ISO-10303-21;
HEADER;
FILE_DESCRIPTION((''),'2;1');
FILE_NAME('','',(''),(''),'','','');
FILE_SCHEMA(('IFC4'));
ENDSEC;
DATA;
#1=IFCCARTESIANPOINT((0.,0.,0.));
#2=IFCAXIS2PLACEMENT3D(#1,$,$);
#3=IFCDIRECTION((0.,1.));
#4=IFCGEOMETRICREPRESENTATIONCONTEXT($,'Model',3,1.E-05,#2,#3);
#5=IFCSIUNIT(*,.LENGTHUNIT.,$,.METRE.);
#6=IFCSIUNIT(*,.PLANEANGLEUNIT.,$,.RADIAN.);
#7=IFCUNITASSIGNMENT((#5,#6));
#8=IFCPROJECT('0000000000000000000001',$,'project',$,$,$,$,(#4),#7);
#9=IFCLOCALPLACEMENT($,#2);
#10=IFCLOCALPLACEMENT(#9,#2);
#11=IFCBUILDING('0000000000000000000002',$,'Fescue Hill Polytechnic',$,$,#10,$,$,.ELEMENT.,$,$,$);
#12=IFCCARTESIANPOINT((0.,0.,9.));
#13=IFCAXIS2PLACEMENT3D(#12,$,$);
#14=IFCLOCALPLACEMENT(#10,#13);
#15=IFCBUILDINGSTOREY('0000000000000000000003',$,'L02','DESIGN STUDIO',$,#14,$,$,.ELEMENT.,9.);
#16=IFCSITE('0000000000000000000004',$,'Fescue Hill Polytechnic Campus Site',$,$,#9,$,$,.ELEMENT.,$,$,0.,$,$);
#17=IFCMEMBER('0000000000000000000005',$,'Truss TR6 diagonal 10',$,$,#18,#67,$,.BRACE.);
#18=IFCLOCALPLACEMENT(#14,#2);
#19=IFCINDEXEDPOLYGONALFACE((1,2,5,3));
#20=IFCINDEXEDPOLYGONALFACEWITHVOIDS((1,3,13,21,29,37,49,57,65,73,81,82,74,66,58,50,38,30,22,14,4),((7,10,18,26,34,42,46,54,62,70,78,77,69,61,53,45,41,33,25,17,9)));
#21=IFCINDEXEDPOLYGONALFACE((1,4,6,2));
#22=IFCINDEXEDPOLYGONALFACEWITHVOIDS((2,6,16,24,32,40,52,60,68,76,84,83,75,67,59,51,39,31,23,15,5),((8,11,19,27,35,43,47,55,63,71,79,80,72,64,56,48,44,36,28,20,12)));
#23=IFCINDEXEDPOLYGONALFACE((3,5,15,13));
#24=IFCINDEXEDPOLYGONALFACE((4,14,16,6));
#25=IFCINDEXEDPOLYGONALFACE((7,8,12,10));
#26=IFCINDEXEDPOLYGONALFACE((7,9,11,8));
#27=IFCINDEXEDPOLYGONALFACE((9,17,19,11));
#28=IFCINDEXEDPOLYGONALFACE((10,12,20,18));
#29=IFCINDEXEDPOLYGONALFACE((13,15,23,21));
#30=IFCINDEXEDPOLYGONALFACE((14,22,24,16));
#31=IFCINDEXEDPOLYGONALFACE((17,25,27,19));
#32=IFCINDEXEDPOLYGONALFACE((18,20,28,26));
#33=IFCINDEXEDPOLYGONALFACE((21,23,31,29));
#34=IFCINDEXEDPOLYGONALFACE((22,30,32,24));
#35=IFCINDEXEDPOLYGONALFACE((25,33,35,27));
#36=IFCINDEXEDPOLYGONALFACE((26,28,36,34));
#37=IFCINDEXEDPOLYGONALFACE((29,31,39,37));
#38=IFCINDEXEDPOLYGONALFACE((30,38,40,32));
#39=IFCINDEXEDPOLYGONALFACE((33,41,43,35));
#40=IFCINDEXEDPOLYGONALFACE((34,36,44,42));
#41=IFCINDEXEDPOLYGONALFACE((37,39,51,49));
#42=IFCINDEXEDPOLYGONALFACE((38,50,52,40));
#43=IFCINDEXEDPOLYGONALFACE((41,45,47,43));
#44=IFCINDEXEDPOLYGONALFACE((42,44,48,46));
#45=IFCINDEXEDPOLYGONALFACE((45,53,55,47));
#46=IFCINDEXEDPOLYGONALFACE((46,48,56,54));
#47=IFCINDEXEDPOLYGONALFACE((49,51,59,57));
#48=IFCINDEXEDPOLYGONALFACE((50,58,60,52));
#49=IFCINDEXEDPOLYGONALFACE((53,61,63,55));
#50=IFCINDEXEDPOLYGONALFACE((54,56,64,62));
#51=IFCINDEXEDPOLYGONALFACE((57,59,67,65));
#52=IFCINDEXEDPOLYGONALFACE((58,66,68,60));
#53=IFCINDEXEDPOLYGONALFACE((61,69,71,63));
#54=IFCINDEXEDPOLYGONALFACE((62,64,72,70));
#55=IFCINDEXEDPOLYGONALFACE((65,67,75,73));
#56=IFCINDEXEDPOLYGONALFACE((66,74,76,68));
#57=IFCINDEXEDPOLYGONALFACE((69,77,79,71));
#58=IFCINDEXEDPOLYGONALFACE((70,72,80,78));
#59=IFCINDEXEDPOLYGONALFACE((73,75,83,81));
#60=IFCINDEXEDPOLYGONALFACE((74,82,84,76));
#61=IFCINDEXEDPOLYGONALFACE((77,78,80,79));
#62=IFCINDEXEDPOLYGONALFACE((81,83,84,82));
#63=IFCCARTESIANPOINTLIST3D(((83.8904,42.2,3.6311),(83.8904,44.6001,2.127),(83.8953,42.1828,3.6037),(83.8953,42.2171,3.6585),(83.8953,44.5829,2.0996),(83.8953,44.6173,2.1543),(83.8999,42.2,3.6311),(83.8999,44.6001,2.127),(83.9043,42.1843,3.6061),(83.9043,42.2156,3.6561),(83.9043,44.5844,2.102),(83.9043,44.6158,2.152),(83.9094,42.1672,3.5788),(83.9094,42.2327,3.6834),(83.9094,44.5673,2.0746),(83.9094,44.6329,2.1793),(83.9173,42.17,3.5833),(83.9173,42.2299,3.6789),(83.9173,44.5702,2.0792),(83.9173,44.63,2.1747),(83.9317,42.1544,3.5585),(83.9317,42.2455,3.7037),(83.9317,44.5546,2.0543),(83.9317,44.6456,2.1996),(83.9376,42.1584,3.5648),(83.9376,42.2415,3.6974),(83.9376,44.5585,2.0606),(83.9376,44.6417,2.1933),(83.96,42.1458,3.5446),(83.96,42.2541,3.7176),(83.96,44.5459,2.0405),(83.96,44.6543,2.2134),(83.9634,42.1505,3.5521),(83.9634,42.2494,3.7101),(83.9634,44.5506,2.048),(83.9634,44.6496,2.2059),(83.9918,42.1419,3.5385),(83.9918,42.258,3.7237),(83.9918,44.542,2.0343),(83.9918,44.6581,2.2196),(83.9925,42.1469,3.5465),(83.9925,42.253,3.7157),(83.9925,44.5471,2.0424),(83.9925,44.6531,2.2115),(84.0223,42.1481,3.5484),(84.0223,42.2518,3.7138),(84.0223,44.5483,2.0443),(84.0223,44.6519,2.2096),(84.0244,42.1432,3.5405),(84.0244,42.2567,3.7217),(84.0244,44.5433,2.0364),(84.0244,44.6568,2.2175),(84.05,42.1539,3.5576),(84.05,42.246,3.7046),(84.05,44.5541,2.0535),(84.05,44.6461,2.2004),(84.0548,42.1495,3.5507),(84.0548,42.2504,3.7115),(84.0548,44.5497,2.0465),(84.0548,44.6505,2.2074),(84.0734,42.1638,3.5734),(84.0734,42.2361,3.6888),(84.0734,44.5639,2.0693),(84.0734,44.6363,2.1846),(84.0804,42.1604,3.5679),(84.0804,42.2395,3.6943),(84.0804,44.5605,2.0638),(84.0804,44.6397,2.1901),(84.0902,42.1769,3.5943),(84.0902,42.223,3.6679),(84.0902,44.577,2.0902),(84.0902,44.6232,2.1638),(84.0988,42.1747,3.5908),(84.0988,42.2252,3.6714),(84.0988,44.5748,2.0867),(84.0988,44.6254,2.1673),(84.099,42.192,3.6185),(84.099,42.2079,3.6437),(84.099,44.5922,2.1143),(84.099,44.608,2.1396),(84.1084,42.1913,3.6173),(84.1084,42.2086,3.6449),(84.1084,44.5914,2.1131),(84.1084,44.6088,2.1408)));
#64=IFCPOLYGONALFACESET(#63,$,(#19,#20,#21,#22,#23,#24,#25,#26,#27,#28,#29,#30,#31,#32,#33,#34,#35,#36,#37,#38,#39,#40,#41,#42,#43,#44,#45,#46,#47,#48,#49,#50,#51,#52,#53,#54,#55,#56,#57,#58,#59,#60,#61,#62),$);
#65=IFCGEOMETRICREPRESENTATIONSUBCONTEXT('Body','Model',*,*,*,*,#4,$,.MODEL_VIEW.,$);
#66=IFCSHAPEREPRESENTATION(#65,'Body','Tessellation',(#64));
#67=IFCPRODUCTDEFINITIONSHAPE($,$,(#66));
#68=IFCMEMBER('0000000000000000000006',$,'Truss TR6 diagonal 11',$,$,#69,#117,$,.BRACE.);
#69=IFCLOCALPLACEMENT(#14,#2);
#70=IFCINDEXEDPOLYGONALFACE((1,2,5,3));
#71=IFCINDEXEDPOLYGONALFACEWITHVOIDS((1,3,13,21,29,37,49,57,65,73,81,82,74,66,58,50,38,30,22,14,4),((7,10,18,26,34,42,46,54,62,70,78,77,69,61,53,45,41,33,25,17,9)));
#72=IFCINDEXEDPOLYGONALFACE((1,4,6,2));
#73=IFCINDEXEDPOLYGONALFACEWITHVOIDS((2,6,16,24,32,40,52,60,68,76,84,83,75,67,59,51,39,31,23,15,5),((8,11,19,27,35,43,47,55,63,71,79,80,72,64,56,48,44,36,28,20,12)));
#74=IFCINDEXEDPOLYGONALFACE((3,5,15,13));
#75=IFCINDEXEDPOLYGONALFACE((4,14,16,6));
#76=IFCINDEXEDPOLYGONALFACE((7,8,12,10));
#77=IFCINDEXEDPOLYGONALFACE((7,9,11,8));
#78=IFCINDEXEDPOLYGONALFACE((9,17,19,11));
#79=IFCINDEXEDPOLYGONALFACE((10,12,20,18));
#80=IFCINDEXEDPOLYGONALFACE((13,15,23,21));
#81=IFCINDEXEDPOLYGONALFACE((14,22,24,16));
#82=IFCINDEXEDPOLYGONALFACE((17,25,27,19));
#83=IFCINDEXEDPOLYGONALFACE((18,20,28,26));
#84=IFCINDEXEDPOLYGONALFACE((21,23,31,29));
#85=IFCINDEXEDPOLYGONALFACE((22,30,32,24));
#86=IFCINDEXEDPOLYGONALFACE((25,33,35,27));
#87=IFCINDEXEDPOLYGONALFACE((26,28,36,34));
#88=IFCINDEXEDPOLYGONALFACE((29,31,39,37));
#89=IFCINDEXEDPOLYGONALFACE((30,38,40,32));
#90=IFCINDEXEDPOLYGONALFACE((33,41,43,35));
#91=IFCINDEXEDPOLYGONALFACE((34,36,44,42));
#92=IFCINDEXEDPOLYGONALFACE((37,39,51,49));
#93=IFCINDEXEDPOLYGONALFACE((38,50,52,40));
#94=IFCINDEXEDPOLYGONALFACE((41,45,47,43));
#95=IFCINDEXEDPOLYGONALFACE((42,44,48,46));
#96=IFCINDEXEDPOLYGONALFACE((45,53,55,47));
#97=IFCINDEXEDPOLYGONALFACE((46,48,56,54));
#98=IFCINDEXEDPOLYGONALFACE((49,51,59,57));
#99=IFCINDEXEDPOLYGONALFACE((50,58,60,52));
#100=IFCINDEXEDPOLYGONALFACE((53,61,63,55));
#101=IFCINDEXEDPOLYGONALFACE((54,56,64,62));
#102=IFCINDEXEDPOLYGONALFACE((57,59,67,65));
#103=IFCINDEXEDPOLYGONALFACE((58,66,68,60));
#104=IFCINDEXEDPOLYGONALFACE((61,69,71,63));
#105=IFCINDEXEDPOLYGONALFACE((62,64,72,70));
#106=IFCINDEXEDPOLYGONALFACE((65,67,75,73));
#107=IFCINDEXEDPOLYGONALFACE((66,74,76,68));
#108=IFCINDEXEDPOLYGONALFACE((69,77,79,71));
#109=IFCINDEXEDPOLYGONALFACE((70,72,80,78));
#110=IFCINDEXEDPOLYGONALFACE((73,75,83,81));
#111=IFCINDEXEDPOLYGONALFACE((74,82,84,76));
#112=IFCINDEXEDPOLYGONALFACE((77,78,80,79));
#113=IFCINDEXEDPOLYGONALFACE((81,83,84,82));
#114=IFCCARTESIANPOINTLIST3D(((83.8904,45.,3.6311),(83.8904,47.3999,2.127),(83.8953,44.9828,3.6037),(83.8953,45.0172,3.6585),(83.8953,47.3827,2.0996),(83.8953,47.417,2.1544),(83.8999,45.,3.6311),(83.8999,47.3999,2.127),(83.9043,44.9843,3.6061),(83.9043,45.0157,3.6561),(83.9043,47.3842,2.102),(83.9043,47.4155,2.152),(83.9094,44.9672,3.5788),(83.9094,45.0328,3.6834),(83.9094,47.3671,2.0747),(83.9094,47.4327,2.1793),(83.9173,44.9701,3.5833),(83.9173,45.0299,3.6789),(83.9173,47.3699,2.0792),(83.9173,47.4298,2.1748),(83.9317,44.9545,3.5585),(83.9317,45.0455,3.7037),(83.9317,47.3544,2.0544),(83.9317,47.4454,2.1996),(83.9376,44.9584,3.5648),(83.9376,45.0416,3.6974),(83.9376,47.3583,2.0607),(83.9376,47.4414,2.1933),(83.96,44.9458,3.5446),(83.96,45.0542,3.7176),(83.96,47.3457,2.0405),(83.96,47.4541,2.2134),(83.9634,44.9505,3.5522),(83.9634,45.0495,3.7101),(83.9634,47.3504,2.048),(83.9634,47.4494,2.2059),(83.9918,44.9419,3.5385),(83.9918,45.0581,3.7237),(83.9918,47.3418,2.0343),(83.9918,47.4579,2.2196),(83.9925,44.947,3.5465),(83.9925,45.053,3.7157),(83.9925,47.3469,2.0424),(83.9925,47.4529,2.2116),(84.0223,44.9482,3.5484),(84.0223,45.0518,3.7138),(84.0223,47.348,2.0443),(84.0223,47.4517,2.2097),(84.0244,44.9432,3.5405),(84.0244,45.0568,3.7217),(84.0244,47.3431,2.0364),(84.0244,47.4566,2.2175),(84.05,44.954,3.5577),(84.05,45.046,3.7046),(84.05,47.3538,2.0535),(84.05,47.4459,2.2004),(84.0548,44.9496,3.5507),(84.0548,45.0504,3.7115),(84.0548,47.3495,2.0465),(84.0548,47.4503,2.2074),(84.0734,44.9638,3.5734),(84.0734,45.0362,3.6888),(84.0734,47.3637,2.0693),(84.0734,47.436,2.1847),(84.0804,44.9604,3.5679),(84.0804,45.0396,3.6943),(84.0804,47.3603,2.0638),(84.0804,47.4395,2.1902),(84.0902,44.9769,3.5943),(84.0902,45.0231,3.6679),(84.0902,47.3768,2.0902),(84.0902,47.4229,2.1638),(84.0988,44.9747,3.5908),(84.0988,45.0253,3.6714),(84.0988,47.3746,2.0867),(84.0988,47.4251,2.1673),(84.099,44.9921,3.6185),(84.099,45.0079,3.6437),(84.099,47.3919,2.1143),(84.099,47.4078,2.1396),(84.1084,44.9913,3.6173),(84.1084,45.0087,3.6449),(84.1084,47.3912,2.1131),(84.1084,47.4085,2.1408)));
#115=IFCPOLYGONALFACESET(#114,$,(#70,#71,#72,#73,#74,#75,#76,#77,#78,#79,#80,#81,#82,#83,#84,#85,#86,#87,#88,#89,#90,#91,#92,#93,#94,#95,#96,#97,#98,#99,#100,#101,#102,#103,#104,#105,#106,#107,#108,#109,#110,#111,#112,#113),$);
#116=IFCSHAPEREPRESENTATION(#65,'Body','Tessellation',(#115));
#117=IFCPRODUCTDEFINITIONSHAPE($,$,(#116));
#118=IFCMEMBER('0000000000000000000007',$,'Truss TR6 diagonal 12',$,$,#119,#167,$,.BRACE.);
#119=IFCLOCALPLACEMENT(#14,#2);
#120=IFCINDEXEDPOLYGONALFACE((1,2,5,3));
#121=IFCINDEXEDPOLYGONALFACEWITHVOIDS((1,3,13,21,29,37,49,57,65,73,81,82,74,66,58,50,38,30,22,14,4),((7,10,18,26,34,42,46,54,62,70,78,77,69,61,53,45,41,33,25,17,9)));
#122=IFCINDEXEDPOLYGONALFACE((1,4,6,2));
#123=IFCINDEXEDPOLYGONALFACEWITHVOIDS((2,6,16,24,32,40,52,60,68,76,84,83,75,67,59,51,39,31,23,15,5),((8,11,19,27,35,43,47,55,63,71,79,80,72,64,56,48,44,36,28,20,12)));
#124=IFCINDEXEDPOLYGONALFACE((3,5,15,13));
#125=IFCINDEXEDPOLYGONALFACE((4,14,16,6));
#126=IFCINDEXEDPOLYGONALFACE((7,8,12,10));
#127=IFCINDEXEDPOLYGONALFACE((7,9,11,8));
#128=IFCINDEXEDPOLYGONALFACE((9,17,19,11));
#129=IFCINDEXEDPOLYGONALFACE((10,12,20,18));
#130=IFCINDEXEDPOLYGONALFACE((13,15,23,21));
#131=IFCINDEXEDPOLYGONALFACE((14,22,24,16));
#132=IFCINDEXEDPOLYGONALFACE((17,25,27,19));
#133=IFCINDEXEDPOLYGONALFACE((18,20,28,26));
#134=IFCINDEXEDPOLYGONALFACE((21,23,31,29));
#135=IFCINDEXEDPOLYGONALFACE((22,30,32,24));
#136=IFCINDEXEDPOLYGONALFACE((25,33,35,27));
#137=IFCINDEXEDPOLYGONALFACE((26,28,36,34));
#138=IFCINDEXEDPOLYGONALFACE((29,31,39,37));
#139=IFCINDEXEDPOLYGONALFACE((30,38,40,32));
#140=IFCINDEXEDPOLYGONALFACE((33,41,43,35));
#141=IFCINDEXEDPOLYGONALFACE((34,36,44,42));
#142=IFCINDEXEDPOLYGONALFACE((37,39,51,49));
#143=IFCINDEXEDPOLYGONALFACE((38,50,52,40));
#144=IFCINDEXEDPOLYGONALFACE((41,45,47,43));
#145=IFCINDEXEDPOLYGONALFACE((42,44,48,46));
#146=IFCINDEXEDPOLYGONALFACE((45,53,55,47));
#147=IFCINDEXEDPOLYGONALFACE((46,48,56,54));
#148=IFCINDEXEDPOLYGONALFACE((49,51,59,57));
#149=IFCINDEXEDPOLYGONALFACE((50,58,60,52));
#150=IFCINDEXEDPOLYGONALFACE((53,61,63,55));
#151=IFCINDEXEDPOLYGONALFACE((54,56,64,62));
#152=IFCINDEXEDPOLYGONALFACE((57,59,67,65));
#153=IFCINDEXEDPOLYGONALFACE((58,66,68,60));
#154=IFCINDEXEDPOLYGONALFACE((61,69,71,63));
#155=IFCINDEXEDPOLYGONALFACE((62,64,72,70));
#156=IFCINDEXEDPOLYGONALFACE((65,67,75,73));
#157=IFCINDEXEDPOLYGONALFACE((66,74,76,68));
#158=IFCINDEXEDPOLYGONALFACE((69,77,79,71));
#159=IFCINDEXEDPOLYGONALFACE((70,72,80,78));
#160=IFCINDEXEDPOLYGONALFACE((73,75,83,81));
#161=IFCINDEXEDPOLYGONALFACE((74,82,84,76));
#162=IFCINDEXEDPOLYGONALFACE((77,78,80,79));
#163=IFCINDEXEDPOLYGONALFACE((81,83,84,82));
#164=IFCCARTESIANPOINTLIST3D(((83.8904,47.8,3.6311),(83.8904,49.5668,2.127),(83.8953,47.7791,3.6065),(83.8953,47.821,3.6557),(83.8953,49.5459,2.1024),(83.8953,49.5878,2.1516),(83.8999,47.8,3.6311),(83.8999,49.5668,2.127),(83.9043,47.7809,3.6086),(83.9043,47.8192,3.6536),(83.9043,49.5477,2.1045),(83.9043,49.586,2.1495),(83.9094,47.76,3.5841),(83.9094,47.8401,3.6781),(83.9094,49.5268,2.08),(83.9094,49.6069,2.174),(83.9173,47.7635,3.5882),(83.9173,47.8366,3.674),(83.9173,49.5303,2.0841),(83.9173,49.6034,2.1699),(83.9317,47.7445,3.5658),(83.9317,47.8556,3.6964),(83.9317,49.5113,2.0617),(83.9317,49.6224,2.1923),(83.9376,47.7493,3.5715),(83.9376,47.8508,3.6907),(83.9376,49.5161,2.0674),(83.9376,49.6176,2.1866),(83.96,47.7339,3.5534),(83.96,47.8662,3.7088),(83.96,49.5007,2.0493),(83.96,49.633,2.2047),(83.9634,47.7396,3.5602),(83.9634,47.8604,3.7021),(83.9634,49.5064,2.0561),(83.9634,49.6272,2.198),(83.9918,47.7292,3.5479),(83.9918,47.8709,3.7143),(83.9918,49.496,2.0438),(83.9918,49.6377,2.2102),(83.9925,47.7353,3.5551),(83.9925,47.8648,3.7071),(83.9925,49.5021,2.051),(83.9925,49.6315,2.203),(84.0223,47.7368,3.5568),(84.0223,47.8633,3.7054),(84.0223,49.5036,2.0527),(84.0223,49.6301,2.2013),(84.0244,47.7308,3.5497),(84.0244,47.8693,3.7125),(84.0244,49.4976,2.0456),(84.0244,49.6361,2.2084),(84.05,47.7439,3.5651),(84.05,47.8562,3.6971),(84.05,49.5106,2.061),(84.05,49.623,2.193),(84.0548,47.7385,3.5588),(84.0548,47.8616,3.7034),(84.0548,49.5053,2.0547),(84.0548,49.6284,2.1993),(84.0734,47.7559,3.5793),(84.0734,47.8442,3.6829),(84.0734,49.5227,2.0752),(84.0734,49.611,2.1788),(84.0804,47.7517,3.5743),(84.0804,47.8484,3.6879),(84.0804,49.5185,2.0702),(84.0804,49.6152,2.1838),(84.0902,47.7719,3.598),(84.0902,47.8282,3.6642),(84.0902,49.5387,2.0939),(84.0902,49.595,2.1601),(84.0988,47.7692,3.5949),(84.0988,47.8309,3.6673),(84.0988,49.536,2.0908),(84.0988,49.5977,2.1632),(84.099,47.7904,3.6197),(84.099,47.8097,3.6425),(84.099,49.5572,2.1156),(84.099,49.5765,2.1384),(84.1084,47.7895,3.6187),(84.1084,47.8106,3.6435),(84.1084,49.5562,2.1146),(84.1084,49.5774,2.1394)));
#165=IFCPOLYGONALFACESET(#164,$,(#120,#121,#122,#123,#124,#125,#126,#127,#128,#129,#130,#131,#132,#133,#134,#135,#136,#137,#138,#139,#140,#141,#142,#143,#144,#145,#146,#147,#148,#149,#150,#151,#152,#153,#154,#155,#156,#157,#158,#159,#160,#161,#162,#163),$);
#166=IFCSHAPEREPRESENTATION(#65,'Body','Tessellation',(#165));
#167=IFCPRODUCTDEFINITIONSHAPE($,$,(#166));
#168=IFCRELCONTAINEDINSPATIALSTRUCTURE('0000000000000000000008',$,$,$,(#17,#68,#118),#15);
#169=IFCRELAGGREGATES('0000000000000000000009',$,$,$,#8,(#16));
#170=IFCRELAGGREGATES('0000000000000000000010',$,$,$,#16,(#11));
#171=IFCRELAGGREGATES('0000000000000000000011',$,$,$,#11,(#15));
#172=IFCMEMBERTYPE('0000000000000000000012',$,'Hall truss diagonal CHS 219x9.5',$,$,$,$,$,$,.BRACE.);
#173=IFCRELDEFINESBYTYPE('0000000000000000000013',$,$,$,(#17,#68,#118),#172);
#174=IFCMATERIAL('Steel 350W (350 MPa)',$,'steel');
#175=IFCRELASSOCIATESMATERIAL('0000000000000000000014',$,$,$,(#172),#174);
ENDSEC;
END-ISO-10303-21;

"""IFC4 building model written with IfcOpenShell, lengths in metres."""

from ifc_helpers import new_model, si_unit, direction, frame, origin, origin_2d, place, context, subcontext, project, spatial, hollow_circle, extrude, material, material_profile, profile_set, type_object, element, save


model = new_model("IFC4")

# Units and contexts
model_context = context("Model", 3, precision=1e-05, world=origin(), true_north=direction((0.0, 1.0)))
body_context = subcontext(model_context, "Body", "Model", "MODEL_VIEW")
ifc_project = project(units=[si_unit("LENGTHUNIT", "METRE"), si_unit("PLANEANGLEUNIT", "RADIAN")], contexts=[model_context])

# Site, building, storey
site_placement = place(None, origin())
site = spatial("IfcSite", under=ifc_project, at=site_placement, Name="Fescue Hill Polytechnic Campus Site", CompositionType="ELEMENT", RefElevation=0.0)
building_placement = place(site_placement, origin())
building = spatial("IfcBuilding", under=site, at=building_placement, Name="Fescue Hill Polytechnic", CompositionType="ELEMENT")
storey_placement = place(building_placement, frame((0.0, 0.0, 9.0)))
storey = spatial("IfcBuildingStorey", under=building, at=storey_placement, Name="L02", Description="DESIGN STUDIO", CompositionType="ELEMENT", Elevation=9.0)

# Members
ifc_material_1 = material(Name="Steel 350W (350 MPa)", Category="steel")
ifc_material_profile_1 = material_profile(ifc_material_1, hollow_circle(Radius=0.1096, WallThickness=0.0095, at=origin_2d()), Name="Hall truss diagonal CHS 219x9.5")
ifc_profile_set_1 = profile_set([ifc_material_profile_1], Name="Steel 350W (350 MPa)")
member_type_1 = type_object("IfcMemberType", Name="Hall truss diagonal CHS 219x9.5", PredefinedType="BRACE", material=ifc_profile_set_1)
member_1_placement = place(storey_placement, frame((84.0, 42.2, 3.6311), z_axis=(0.0, 0.847354, -0.531029), x_axis=(-1.0, 0.0, 0.0)))
element("IfcMember", 1, at=member_1_placement, inside=storey, type_object=member_type_1, Name="Truss TR6 diagonal 10", PredefinedType="BRACE", context=body_context, shape_type="SweptSolid", body=[
    extrude(hollow_circle(Radius=0.1096, WallThickness=0.0095, at=origin_2d()), origin(), (0.0, 0.0, 1.0), 2.8325),
])
member_2_placement = place(storey_placement, frame((84.0, 45.0, 3.6311), z_axis=(0.0, 0.847329, -0.531068), x_axis=(-1.0, 0.0, 0.0)))
element("IfcMember", 2, at=member_2_placement, inside=storey, type_object=member_type_1, Name="Truss TR6 diagonal 11", PredefinedType="BRACE", context=body_context, shape_type="SweptSolid", body=[
    extrude(hollow_circle(Radius=0.1096, WallThickness=0.0095, at=origin_2d()), origin(), (0.0, 0.0, 1.0), 2.8323),
])
member_3_placement = place(storey_placement, frame((84.0, 47.8, 3.6311), z_axis=(0.0, 0.761443, -0.648232), x_axis=(-1.0, 0.0, 0.0)))
element("IfcMember", 3, at=member_3_placement, inside=storey, type_object=member_type_1, Name="Truss TR6 diagonal 12", PredefinedType="BRACE", context=body_context, shape_type="SweptSolid", body=[
    extrude(hollow_circle(Radius=0.1096, WallThickness=0.0095, at=origin_2d()), origin(), (0.0, 0.0, 1.0), 2.3203),
])

save(model, "model.ifc")
